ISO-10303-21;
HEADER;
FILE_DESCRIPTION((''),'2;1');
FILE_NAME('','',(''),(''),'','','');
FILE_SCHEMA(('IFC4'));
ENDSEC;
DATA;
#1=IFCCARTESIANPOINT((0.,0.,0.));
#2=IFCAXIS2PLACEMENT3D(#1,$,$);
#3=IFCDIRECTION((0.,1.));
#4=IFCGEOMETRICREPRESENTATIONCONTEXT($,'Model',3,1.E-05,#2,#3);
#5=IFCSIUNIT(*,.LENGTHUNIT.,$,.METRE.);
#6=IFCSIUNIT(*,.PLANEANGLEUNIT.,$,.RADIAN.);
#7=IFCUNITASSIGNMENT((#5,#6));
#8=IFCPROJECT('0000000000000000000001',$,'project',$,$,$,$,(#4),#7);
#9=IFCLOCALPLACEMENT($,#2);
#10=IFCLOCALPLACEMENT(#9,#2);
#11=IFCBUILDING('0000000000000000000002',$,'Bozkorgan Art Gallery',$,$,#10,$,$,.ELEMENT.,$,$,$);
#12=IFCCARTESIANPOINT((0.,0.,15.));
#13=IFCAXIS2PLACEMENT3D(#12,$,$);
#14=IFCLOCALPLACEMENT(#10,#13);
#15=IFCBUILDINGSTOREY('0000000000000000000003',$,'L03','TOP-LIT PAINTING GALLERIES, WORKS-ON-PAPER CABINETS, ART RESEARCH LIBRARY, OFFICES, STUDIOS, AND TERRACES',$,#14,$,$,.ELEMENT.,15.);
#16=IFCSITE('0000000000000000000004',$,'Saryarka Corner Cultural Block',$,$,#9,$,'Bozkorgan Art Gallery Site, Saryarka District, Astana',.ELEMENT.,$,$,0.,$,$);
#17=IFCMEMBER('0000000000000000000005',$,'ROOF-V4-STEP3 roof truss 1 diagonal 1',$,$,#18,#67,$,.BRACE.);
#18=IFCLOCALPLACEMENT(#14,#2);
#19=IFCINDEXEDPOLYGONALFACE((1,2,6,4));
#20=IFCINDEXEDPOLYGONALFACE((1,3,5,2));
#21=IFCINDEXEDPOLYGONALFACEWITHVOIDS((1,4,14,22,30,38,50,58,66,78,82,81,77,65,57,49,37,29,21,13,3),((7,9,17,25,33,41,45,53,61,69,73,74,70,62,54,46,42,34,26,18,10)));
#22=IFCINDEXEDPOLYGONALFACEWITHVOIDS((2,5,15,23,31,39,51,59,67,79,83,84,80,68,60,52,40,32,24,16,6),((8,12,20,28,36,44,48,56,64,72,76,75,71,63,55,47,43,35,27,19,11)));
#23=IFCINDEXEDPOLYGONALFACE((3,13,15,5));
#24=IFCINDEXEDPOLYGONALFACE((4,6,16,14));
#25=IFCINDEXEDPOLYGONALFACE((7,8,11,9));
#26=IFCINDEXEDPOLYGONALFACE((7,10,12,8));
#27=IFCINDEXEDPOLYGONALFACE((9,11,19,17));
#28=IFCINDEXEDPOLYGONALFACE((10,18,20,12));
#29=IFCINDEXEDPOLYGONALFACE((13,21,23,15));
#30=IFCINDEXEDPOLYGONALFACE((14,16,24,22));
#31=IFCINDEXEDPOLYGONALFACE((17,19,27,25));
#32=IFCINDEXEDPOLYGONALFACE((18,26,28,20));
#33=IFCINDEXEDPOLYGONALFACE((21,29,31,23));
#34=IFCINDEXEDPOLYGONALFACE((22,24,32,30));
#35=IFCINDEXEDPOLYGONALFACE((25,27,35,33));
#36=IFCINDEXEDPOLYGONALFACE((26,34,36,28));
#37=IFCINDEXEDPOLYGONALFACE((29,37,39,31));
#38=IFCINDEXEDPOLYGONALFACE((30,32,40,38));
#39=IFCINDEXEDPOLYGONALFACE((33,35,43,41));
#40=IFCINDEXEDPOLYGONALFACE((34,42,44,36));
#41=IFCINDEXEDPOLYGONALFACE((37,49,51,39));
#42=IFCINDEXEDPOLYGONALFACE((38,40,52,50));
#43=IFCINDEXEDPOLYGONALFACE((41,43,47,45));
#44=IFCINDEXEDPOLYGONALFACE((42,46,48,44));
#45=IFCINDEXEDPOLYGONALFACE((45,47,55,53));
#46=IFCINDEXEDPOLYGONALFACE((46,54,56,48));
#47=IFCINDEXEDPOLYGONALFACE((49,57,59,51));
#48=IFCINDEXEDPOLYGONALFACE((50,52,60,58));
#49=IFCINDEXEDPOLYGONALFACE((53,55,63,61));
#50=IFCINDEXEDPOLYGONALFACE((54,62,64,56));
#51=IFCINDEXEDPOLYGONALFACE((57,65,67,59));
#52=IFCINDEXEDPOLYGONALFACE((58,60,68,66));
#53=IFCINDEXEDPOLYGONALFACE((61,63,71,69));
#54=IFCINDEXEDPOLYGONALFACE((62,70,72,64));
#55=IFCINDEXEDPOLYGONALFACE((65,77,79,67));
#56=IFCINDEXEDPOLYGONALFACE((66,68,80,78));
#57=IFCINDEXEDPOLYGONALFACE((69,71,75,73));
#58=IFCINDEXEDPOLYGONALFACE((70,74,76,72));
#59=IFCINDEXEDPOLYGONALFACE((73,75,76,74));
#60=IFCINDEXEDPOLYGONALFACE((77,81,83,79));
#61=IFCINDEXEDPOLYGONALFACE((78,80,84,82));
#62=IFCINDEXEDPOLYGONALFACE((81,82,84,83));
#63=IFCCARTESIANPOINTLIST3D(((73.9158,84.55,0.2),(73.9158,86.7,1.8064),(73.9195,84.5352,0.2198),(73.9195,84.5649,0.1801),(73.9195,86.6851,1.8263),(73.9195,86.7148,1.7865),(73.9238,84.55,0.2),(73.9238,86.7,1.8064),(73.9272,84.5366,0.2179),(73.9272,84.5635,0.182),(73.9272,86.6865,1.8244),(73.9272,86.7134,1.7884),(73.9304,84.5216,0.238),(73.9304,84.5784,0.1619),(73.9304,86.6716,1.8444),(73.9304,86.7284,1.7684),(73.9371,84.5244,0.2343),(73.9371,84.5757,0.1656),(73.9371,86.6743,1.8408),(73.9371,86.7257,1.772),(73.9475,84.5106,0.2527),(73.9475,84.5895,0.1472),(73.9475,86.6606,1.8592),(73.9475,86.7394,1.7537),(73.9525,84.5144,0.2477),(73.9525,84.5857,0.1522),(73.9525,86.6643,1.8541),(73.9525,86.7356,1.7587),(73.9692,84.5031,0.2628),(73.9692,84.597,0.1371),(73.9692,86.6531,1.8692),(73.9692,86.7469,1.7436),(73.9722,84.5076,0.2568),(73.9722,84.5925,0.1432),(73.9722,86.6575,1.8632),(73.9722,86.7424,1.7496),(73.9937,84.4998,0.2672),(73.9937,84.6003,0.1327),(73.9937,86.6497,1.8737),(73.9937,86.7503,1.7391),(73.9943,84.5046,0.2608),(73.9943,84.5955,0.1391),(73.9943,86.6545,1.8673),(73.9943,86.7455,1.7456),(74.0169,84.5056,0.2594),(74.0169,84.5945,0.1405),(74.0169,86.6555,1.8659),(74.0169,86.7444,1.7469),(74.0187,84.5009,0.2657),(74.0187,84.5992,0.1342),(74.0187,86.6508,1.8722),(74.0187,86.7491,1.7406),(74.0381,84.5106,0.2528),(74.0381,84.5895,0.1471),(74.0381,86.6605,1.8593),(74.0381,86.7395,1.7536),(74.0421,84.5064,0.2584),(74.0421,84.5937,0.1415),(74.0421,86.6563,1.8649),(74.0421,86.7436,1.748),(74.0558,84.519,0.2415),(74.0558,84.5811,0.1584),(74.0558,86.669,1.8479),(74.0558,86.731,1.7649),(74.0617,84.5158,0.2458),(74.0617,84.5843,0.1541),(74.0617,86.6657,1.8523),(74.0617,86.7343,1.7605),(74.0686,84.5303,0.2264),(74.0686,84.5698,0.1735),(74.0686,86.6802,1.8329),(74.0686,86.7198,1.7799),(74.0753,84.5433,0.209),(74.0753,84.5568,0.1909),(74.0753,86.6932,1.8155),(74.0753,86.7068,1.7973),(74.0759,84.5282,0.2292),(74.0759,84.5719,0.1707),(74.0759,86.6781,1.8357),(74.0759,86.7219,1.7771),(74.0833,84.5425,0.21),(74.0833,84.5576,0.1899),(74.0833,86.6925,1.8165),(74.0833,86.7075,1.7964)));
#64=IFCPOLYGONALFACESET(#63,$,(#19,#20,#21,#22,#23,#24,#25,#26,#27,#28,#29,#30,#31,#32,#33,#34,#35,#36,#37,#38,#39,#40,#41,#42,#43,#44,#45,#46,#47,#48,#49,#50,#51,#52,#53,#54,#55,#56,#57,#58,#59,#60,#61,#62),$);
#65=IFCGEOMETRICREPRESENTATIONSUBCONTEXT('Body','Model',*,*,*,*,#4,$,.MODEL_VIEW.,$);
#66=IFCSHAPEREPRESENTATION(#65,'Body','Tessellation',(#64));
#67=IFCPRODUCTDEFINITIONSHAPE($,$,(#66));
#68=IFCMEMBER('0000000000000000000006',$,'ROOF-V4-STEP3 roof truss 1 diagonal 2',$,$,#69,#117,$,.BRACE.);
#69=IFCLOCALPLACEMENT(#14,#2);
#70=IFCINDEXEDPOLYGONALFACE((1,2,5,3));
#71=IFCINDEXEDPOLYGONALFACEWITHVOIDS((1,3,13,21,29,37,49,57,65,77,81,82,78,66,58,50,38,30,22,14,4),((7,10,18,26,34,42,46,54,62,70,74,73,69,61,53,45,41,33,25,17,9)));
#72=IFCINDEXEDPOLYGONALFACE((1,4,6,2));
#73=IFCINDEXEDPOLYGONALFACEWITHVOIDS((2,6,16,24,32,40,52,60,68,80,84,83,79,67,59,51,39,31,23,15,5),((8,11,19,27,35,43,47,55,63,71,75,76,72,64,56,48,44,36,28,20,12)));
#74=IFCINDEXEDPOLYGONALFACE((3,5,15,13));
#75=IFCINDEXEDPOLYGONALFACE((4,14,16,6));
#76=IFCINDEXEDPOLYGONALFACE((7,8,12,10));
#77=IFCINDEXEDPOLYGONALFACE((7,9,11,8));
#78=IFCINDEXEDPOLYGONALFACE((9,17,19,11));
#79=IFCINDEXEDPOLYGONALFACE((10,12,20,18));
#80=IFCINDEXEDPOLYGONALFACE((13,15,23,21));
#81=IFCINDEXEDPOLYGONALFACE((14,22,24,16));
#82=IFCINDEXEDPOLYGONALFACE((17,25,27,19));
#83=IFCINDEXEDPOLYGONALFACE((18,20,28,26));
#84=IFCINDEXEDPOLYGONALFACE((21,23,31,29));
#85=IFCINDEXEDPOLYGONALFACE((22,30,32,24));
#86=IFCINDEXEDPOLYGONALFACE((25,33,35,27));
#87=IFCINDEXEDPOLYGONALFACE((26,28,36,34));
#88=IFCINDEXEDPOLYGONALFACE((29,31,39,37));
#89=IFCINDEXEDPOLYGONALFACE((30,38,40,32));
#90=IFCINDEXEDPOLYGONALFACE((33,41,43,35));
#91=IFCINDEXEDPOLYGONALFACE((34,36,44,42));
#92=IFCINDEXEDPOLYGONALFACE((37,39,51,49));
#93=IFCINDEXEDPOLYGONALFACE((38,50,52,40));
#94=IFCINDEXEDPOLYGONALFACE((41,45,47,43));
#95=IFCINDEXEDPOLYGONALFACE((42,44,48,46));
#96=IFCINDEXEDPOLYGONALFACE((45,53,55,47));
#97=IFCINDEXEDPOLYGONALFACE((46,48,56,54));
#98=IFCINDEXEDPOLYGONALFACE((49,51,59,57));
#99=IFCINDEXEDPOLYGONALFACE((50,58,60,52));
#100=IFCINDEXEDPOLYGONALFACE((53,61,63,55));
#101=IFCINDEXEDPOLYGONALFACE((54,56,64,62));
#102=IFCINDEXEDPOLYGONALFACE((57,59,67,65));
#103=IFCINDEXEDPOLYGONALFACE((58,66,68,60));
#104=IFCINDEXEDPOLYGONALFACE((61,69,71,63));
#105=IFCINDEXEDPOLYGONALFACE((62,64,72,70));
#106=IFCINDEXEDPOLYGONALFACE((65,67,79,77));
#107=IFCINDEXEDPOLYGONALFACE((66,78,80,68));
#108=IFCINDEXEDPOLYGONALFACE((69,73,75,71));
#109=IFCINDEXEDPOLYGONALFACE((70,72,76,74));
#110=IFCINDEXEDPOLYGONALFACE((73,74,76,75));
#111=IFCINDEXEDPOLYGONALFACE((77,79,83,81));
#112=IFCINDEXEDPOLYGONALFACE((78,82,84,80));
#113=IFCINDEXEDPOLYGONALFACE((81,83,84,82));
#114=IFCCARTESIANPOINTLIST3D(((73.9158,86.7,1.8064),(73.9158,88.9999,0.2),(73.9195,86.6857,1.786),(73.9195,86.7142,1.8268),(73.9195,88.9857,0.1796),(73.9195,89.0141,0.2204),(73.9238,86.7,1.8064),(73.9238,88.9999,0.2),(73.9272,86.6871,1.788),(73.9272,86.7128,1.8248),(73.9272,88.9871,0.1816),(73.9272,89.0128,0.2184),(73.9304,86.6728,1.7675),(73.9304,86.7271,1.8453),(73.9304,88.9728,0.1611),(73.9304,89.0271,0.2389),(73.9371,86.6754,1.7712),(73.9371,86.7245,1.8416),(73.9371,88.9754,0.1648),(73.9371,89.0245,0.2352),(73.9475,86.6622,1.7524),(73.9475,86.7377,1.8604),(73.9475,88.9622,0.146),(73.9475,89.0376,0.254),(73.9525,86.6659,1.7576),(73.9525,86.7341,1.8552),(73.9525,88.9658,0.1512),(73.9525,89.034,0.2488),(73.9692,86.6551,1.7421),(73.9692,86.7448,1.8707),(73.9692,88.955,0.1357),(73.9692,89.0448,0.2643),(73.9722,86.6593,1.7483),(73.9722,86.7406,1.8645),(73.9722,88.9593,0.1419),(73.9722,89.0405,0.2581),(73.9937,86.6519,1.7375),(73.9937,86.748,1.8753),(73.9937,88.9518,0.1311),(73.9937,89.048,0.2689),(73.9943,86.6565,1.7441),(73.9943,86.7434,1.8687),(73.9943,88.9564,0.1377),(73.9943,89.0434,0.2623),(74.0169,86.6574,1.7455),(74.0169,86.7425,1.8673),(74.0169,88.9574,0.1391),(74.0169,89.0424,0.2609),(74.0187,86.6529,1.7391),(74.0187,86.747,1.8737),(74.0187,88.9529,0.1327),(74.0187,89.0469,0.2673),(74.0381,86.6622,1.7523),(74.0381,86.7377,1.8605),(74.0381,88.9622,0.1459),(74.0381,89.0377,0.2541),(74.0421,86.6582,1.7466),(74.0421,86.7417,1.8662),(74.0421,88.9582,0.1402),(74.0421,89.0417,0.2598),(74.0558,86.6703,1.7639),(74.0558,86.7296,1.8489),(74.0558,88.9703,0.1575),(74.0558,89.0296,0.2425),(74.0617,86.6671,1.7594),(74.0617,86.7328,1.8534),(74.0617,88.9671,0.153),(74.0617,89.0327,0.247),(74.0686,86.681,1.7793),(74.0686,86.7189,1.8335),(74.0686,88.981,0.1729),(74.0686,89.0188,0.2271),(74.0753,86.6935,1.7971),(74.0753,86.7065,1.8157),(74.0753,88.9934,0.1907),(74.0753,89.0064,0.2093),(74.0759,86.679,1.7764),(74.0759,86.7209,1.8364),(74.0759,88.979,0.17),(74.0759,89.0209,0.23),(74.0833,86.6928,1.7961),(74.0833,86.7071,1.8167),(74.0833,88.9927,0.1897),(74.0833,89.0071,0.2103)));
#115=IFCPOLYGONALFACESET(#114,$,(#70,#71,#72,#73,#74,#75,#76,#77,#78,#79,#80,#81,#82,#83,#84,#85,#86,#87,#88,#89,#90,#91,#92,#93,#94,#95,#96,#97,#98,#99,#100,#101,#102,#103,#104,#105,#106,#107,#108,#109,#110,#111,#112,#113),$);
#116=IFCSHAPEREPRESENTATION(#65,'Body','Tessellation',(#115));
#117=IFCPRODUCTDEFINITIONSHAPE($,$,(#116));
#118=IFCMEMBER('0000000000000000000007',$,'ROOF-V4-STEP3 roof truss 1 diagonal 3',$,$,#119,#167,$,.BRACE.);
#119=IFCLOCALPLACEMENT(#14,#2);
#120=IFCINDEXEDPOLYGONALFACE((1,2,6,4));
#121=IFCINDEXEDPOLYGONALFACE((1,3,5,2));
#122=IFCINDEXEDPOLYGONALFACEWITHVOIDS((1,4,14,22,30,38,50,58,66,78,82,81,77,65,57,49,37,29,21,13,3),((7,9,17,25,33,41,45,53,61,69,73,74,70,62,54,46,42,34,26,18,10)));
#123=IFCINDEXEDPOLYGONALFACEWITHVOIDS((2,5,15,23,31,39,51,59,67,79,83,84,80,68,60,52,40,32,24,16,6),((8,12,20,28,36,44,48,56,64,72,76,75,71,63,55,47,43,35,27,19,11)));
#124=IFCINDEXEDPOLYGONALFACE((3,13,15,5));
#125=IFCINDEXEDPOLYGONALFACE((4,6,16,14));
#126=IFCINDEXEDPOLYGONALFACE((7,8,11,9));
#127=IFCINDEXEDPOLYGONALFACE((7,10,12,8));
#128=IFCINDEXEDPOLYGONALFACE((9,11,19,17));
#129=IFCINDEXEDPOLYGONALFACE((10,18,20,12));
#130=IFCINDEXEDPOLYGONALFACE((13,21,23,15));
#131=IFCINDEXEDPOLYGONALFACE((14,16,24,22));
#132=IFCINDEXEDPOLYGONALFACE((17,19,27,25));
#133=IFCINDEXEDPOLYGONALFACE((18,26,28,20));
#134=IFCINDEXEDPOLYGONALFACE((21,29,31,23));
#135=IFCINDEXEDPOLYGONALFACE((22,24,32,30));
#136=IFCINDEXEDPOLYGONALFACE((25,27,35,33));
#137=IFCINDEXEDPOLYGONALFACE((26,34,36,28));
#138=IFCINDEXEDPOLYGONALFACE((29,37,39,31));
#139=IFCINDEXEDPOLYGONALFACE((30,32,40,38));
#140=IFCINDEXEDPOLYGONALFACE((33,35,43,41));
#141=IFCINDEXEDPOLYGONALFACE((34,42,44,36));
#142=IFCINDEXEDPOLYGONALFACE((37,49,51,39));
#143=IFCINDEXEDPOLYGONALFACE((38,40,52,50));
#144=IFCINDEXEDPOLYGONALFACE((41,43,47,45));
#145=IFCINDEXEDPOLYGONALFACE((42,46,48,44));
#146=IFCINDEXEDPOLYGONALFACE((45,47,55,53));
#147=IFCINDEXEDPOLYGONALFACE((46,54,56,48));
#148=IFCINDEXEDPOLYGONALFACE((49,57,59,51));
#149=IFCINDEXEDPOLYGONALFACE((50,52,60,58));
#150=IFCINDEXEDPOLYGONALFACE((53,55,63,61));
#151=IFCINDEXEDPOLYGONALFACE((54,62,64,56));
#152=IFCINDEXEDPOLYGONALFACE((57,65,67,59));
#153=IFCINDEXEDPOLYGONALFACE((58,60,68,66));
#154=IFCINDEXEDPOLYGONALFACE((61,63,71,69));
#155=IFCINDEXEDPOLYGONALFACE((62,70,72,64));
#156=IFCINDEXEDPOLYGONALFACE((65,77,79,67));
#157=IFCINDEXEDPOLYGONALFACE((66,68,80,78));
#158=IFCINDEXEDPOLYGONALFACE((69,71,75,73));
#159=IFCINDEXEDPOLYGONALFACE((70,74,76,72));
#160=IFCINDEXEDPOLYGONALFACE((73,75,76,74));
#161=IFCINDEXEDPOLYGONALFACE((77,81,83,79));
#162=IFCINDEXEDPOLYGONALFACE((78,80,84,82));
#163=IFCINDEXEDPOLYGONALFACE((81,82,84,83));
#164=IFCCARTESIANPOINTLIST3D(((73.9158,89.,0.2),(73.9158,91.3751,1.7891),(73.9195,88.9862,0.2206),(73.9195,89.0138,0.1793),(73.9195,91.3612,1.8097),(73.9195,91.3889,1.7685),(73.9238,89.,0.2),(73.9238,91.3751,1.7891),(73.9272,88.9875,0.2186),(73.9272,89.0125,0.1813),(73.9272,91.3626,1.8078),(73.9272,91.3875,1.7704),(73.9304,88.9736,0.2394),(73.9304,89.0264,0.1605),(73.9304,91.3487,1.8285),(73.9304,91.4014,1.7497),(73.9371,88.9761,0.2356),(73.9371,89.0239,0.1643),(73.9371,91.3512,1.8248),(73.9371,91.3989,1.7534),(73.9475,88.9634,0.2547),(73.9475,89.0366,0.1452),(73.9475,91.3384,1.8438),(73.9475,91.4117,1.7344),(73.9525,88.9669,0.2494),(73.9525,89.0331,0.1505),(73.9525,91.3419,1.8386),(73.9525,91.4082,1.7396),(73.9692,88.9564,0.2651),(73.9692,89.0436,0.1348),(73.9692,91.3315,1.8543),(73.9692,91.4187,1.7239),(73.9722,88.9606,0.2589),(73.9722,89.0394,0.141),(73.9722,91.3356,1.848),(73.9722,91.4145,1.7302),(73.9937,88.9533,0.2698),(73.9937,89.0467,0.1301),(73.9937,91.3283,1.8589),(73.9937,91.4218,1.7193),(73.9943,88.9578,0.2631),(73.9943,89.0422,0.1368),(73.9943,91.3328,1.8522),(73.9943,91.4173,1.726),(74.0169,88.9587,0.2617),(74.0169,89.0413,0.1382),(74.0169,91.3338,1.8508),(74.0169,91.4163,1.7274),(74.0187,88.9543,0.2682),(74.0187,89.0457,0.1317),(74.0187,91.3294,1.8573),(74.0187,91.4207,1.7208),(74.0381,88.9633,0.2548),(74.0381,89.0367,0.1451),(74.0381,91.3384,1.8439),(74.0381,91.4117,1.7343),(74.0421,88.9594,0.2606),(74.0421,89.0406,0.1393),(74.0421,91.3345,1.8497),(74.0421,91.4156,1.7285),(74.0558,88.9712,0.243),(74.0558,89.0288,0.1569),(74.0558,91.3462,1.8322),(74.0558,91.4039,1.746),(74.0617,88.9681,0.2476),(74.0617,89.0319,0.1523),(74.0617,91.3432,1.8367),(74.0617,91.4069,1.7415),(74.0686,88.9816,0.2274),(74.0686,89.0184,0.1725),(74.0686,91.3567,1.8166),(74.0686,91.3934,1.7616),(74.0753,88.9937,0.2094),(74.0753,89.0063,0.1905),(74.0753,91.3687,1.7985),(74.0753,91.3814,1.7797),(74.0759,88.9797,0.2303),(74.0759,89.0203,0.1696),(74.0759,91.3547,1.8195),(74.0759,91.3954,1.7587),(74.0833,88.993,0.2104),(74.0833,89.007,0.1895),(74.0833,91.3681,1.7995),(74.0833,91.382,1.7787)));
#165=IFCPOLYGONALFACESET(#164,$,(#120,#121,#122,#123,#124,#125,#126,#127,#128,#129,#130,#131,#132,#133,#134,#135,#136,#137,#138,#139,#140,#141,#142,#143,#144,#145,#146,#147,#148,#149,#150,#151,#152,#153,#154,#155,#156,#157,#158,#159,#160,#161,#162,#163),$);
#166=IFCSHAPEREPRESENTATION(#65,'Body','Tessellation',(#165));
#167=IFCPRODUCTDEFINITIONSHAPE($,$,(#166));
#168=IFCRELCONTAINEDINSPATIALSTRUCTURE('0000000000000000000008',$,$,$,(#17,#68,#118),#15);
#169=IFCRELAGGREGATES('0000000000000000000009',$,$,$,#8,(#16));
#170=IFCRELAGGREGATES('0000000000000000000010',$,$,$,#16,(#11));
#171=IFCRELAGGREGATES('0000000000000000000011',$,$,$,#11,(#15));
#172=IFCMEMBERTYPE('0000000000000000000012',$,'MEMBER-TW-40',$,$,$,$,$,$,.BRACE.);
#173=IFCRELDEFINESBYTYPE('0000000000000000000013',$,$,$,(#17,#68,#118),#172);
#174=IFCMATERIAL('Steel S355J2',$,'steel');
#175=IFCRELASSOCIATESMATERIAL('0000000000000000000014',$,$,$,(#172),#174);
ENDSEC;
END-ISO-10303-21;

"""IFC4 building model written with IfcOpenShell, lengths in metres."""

from ifc_helpers import new_model, si_unit, direction, frame, origin, origin_2d, place, context, subcontext, project, spatial, hollow_circle, extrude, material, material_profile, profile_set, type_object, element, save


model = new_model("IFC4")

# Units and contexts
model_context = context("Model", 3, precision=1e-05, world=origin(), true_north=direction((0.0, 1.0)))
body_context = subcontext(model_context, "Body", "Model", "MODEL_VIEW")
ifc_project = project(units=[si_unit("LENGTHUNIT", "METRE"), si_unit("PLANEANGLEUNIT", "RADIAN")], contexts=[model_context])

# Site, building, storey
site_placement = place(None, origin())
site = spatial("IfcSite", under=ifc_project, at=site_placement, Name="Saryarka Corner Cultural Block", LongName="Bozkorgan Art Gallery Site, Saryarka District, Astana", CompositionType="ELEMENT", RefElevation=0.0)
building_placement = place(site_placement, origin())
building = spatial("IfcBuilding", under=site, at=building_placement, Name="Bozkorgan Art Gallery", CompositionType="ELEMENT")
storey_placement = place(building_placement, frame((0.0, 0.0, 15.0)))
storey = spatial("IfcBuildingStorey", under=building, at=storey_placement, Name="L03", Description="TOP-LIT PAINTING GALLERIES, WORKS-ON-PAPER CABINETS, ART RESEARCH LIBRARY, OFFICES, STUDIOS, AND TERRACES", CompositionType="ELEMENT", Elevation=15.0)

# Shared definitions
ifc_material_1 = material(Name="Steel S355J2", Category="steel")

# Members
ifc_material_profile_1 = material_profile(ifc_material_1, hollow_circle(Radius=0.0842, WallThickness=0.0081, at=origin_2d()), Name="CHS 168.3x8")
ifc_profile_set_1 = profile_set([ifc_material_profile_1], Name="Steel S355J2")
member_type_1 = type_object("IfcMemberType", Name="MEMBER-TW-40", PredefinedType="BRACE", material=ifc_profile_set_1)
member_1_placement = place(storey_placement, frame((74.0, 84.55, 0.2), z_axis=(0.0, 0.801069, 0.598573), x_axis=(-1.0, 0.0, 0.0)))
element("IfcMember", 1, at=member_1_placement, inside=storey, type_object=member_type_1, Name="ROOF-V4-STEP3 roof truss 1 diagonal 1", PredefinedType="BRACE", context=body_context, shape_type="SweptSolid", body=[
    extrude(hollow_circle(Radius=0.0842, WallThickness=0.0081, at=origin_2d()), origin(), (0.0, 0.0, 1.0), 2.6838),
])
member_2_placement = place(storey_placement, frame((74.0, 86.7, 1.8064), z_axis=(0.0, 0.819832, -0.572603), x_axis=(-1.0, 0.0, 0.0)))
element("IfcMember", 2, at=member_2_placement, inside=storey, type_object=member_type_1, Name="ROOF-V4-STEP3 roof truss 1 diagonal 2", PredefinedType="BRACE", context=body_context, shape_type="SweptSolid", body=[
    extrude(hollow_circle(Radius=0.0842, WallThickness=0.0081, at=origin_2d()), origin(), (0.0, 0.0, 1.0), 2.8054),
])
for number, where, z_axis, x_axis, name in (
    (3, (74.0, 89.0, 0.2), (0.0, 0.831116, 0.556099), (-1.0, 0.0, 0.0), "ROOF-V4-STEP3 roof truss 1 diagonal 3"),
):
    element("IfcMember", number, at=place(storey_placement, frame(where, z_axis=z_axis, x_axis=x_axis)), inside=storey, type_object=member_type_1, Name=name, PredefinedType="BRACE", context=body_context, shape_type="SweptSolid", body=[
        extrude(hollow_circle(Radius=0.0842, WallThickness=0.0081, at=origin_2d()), origin(), (0.0, 0.0, 1.0), 2.8577),
    ])

save(model, "model.ifc")
